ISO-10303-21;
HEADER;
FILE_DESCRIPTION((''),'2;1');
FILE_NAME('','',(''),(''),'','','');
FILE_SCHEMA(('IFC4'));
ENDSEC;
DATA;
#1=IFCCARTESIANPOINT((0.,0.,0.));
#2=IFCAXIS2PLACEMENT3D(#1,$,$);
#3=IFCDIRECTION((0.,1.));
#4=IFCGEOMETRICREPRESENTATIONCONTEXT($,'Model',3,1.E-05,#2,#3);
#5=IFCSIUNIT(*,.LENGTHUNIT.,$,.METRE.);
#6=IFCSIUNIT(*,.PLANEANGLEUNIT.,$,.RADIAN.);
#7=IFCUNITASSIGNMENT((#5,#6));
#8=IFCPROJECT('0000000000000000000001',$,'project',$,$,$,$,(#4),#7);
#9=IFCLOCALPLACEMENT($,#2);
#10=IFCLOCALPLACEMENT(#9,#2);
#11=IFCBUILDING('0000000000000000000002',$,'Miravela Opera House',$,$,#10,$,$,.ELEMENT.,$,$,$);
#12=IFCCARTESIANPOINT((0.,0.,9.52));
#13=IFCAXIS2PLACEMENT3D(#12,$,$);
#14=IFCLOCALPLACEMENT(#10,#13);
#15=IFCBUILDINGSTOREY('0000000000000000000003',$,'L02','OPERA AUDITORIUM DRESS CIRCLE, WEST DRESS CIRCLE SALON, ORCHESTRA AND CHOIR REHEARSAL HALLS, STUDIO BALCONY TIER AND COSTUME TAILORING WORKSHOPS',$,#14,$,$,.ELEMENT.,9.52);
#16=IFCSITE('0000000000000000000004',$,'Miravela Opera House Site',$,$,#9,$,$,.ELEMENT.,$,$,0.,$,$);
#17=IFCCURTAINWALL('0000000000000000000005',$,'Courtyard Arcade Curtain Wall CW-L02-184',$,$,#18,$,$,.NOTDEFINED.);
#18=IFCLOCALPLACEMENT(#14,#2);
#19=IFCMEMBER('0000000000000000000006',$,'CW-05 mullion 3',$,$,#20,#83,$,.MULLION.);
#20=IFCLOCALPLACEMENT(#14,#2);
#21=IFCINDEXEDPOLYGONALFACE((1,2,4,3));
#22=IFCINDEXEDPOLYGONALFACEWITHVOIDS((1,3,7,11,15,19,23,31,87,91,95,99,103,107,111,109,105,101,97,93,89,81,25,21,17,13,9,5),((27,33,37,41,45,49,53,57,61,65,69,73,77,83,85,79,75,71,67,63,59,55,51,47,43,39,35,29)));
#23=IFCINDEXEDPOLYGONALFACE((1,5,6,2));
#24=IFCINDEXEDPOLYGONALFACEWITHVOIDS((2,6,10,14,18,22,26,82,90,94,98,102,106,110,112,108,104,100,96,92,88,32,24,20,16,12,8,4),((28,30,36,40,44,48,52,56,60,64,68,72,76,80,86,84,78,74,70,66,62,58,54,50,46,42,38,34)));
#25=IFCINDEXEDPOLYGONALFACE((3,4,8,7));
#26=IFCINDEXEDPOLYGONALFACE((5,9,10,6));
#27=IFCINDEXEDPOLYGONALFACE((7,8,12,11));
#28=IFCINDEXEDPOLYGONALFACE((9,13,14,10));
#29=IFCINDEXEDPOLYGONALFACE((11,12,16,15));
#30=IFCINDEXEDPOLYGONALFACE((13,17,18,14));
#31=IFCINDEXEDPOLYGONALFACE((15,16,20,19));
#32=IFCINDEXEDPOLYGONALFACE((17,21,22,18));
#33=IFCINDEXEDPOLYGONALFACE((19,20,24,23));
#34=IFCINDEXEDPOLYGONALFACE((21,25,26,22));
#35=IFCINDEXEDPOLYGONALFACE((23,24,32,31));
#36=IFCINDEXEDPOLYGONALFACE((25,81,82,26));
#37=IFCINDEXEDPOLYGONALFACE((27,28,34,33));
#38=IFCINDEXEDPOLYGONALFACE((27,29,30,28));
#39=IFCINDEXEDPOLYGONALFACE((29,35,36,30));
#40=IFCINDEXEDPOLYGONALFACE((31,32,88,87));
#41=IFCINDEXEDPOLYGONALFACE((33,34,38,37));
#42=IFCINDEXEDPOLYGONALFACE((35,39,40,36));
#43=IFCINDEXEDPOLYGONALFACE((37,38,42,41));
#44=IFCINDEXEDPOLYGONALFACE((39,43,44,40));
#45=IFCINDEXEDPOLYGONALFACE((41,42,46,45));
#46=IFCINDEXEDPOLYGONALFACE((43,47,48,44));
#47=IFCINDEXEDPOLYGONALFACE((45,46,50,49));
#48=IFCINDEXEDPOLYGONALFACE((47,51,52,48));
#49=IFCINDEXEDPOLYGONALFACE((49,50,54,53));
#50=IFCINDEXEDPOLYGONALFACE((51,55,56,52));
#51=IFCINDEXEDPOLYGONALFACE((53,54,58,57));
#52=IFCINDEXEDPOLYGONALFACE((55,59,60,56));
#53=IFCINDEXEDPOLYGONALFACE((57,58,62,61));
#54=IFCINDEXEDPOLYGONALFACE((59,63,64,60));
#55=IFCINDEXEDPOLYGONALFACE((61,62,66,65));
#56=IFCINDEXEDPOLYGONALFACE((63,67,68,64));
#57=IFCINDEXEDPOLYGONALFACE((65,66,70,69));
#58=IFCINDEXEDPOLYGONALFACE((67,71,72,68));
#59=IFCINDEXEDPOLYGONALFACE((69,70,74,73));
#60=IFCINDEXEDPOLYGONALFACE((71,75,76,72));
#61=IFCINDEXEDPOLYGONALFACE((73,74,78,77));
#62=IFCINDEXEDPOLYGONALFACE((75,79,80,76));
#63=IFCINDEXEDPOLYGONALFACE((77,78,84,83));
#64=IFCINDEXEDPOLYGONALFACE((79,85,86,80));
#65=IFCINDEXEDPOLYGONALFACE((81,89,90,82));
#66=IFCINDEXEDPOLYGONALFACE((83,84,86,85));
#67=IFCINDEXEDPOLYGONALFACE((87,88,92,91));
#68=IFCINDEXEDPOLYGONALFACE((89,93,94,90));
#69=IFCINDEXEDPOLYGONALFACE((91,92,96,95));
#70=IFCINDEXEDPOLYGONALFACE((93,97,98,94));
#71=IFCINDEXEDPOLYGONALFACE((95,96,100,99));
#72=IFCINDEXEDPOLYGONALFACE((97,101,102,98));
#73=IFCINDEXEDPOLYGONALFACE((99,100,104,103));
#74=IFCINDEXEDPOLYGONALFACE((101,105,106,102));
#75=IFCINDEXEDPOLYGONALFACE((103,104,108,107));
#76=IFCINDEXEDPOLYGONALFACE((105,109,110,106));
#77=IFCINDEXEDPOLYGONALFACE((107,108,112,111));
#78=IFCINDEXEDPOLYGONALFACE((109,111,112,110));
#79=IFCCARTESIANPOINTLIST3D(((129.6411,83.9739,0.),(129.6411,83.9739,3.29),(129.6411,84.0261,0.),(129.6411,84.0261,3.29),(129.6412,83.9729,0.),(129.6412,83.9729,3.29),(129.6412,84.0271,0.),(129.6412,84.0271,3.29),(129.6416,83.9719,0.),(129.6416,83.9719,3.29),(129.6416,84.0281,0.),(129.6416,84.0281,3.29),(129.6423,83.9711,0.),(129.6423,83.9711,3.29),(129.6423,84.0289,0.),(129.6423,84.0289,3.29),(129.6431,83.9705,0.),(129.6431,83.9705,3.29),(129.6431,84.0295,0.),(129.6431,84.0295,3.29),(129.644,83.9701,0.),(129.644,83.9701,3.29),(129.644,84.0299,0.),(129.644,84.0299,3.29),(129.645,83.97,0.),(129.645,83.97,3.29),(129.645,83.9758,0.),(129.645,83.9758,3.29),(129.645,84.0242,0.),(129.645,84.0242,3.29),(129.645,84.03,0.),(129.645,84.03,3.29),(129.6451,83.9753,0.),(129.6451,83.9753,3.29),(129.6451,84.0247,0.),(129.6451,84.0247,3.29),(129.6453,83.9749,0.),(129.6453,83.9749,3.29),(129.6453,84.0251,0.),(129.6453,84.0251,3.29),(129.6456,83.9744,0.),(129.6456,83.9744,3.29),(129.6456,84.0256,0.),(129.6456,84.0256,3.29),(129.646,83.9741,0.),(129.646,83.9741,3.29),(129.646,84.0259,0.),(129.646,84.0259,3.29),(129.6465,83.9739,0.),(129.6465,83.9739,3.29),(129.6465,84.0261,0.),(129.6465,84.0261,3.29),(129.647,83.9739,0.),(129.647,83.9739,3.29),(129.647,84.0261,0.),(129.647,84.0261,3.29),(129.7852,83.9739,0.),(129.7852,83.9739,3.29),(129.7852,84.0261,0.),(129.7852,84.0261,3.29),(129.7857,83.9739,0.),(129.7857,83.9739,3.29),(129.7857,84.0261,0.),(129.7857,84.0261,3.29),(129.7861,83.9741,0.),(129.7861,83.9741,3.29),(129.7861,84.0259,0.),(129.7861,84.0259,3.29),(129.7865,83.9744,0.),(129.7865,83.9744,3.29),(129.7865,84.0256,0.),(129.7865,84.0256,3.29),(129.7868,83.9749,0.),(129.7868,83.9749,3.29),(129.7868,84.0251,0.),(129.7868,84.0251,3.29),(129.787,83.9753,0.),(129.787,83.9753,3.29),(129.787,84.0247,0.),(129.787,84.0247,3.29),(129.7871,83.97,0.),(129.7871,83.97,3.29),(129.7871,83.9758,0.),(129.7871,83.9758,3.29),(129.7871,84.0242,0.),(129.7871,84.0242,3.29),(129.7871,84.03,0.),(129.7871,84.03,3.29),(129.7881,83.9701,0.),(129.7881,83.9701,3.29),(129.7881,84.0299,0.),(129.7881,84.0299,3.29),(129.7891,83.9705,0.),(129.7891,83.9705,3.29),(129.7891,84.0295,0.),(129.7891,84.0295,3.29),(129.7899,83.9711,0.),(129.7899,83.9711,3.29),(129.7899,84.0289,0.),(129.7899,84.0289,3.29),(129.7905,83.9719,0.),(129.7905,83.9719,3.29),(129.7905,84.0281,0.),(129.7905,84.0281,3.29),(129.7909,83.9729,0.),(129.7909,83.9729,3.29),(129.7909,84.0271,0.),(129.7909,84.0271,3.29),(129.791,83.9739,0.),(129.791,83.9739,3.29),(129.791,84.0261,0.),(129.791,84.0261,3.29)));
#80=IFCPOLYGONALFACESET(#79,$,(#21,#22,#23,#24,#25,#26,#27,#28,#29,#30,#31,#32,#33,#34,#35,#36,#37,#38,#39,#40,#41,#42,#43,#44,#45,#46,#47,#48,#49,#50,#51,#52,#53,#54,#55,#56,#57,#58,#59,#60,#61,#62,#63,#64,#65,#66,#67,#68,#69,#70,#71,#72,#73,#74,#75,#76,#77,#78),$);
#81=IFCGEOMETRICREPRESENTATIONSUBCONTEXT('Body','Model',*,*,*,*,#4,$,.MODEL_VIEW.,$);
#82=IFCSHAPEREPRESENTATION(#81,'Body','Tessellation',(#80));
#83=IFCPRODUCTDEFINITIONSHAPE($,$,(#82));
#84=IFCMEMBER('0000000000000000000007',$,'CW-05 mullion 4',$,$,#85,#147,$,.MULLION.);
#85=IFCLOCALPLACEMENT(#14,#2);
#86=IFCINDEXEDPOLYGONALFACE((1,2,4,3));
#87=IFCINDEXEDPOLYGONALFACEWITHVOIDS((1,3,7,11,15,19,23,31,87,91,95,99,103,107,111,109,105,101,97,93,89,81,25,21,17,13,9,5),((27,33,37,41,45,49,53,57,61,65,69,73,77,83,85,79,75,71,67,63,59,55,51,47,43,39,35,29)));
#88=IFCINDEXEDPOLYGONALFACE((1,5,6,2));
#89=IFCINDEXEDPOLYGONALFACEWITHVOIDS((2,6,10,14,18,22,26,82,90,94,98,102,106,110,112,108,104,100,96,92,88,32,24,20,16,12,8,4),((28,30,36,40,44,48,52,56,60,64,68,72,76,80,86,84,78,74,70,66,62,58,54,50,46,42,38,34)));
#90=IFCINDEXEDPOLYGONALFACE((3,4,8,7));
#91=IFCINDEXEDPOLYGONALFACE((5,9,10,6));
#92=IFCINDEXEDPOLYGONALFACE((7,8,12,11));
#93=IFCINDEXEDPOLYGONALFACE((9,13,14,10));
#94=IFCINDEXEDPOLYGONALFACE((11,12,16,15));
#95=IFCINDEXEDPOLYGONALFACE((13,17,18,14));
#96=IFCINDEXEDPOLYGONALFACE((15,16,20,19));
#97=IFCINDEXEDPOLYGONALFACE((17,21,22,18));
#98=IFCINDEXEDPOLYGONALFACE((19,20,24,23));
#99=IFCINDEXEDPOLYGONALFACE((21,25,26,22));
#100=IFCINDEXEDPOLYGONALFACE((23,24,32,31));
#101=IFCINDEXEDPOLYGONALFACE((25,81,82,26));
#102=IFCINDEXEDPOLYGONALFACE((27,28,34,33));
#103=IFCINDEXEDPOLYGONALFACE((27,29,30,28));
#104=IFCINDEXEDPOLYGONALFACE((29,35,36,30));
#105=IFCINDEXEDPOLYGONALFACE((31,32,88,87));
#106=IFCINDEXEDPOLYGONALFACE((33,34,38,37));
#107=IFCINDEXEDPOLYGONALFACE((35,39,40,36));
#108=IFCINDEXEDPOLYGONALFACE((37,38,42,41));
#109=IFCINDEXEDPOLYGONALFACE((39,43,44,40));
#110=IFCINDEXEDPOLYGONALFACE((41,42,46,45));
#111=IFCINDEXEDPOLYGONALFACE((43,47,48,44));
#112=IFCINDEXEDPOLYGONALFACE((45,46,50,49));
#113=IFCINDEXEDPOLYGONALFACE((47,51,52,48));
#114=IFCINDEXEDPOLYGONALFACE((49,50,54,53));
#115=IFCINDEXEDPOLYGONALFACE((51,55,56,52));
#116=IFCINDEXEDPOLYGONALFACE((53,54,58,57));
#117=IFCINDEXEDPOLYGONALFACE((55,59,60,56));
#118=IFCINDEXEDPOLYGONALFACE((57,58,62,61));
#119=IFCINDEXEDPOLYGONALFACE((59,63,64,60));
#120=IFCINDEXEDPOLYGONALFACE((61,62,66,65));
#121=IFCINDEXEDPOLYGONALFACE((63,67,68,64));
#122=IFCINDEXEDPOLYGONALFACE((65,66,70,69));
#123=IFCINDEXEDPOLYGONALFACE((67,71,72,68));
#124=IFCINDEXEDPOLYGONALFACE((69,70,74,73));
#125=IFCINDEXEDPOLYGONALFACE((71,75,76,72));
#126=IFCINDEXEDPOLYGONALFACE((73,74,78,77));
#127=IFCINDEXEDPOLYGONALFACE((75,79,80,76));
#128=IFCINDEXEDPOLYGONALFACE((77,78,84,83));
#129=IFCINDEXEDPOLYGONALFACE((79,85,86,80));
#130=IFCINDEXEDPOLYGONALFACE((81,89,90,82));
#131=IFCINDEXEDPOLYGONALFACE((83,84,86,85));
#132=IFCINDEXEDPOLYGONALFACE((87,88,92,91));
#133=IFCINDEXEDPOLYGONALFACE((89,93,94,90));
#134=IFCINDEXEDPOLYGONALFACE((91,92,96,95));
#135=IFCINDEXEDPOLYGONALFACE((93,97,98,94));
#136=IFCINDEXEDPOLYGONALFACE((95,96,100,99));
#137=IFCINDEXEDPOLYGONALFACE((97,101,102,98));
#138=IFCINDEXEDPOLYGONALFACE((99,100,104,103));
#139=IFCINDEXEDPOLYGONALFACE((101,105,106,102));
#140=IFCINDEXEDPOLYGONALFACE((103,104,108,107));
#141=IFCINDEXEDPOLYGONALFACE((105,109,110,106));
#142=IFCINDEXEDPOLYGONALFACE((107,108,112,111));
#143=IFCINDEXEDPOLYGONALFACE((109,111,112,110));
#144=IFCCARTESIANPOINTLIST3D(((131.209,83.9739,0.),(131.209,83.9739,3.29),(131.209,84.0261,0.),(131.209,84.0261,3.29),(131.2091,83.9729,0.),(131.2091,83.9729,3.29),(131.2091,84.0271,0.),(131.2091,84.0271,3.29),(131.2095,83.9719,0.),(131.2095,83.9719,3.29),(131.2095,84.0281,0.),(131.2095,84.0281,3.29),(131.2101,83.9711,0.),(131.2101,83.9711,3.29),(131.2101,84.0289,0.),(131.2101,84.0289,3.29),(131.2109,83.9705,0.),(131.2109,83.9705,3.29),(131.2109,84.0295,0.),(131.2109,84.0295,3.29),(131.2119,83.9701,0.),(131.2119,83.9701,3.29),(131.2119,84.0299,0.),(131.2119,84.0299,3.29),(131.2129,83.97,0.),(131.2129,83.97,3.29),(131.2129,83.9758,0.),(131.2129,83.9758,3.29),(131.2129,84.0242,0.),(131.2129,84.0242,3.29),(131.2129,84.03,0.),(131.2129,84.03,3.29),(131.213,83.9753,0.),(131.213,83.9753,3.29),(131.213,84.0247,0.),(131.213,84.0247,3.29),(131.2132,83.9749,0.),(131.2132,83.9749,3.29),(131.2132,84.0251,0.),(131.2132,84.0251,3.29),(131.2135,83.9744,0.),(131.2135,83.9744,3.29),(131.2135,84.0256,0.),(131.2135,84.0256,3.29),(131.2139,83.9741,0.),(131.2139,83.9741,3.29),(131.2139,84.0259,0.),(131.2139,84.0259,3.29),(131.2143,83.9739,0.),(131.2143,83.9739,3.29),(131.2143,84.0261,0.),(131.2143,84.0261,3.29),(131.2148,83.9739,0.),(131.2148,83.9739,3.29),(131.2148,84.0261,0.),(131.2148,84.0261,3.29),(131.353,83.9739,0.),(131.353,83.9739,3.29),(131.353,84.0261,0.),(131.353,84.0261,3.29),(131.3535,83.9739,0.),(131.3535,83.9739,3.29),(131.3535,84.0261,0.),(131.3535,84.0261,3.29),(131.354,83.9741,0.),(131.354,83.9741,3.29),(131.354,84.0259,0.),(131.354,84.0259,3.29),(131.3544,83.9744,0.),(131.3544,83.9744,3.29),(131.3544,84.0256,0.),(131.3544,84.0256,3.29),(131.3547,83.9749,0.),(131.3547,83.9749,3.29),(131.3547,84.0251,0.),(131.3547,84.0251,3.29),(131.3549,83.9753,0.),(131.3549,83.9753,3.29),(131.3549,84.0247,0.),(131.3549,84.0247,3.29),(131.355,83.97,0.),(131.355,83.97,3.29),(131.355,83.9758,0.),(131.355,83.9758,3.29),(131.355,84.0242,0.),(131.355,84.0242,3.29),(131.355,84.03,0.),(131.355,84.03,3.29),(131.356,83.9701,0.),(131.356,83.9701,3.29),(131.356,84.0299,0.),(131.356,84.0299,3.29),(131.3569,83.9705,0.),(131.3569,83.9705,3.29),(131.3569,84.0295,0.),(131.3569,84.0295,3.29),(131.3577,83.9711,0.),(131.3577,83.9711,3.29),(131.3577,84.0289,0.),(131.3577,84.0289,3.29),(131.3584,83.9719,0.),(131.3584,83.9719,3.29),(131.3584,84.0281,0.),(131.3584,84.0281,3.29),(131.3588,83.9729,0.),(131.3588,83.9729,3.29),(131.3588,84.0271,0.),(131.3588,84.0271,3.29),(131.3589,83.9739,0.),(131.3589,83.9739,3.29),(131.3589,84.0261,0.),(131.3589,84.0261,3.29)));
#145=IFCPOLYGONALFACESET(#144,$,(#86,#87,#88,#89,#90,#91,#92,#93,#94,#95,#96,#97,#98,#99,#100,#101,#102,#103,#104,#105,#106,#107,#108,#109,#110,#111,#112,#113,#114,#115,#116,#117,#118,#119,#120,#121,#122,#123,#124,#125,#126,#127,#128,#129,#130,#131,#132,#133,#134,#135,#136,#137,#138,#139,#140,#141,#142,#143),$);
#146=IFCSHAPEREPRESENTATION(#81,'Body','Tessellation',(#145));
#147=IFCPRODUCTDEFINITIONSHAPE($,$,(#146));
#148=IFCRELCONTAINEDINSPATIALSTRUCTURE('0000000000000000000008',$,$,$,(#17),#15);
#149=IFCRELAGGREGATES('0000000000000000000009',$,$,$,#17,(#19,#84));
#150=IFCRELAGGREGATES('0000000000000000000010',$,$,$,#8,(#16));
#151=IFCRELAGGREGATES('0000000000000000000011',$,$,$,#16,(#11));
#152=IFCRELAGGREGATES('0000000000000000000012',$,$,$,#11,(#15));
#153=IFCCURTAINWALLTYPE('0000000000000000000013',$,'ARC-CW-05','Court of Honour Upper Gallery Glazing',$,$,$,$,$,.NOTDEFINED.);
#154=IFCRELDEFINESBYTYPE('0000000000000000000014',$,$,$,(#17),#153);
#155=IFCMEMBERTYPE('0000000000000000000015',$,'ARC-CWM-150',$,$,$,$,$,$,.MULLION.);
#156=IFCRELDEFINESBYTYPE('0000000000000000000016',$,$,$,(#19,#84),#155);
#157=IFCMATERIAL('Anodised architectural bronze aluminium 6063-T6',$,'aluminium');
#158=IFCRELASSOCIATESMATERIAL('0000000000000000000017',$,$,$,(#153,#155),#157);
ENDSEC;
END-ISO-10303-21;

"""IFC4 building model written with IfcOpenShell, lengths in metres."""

from ifc_helpers import new_model, si_unit, direction, frame, origin, origin_2d, place, context, subcontext, project, spatial, hollow_rectangle, extrude, material, material_profile, profile_set, type_object, element, aggregate, save


model = new_model("IFC4")

# Units and contexts
model_context = context("Model", 3, precision=1e-05, world=origin(), true_north=direction((0.0, 1.0)))
body_context = subcontext(model_context, "Body", "Model", "MODEL_VIEW")
ifc_project = project(units=[si_unit("LENGTHUNIT", "METRE"), si_unit("PLANEANGLEUNIT", "RADIAN")], contexts=[model_context])

# Site, building, storey
site_placement = place(None, origin())
site = spatial("IfcSite", under=ifc_project, at=site_placement, Name="Miravela Opera House Site", CompositionType="ELEMENT", RefElevation=0.0)
building_placement = place(site_placement, origin())
building = spatial("IfcBuilding", under=site, at=building_placement, Name="Miravela Opera House", CompositionType="ELEMENT")
storey_placement = place(building_placement, frame((0.0, 0.0, 9.52)))
storey = spatial("IfcBuildingStorey", under=building, at=storey_placement, Name="L02", Description="OPERA AUDITORIUM DRESS CIRCLE, WEST DRESS CIRCLE SALON, ORCHESTRA AND CHOIR REHEARSAL HALLS, STUDIO BALCONY TIER AND COSTUME TAILORING WORKSHOPS", CompositionType="ELEMENT", Elevation=9.52)

# Curtain wall, members
ifc_material_1 = material(Name="Anodised architectural bronze aluminium 6063-T6", Category="aluminium")
curtain_wall_type = type_object("IfcCurtainWallType", Name="ARC-CW-05", Description="Court of Honour Upper Gallery Glazing", PredefinedType="NOTDEFINED", material=ifc_material_1)
curtain_wall_placement = place(storey_placement, origin())
curtain_wall = element("IfcCurtainWall", 1, at=curtain_wall_placement, inside=storey, type_object=curtain_wall_type, Name="Courtyard Arcade Curtain Wall CW-L02-184", PredefinedType="NOTDEFINED")
ifc_material_profile_1 = material_profile(ifc_material_1, hollow_rectangle(XDim=0.0601, YDim=0.1499, WallThickness=0.0039, InnerFilletRadius=0.002, OuterFilletRadius=0.0039, at=origin_2d()), Name="CWM-60X150")
ifc_profile_set_1 = profile_set([ifc_material_profile_1])
member_type_1 = type_object("IfcMemberType", Name="ARC-CWM-150", PredefinedType="MULLION", material=ifc_profile_set_1)
member_1_placement = place(storey_placement, frame((129.7161, 84.0, 0.0), z_axis=(0.0, 0.0, 1.0), x_axis=(0.0, 1.0, 0.0)))
member_1 = element("IfcMember", 2, at=member_1_placement, type_object=member_type_1, Name="CW-05 mullion 3", PredefinedType="MULLION", context=body_context, shape_type="SweptSolid", body=[
    extrude(hollow_rectangle(XDim=0.0601, YDim=0.1499, WallThickness=0.0039, InnerFilletRadius=0.002, OuterFilletRadius=0.0039, at=origin_2d()), origin(), (0.0, 0.0, 1.0), 3.29),
])
member_2_placement = place(storey_placement, frame((131.2839, 84.0, 0.0), z_axis=(0.0, 0.0, 1.0), x_axis=(0.0, 1.0, 0.0)))
member_2 = element("IfcMember", 3, at=member_2_placement, type_object=member_type_1, Name="CW-05 mullion 4", PredefinedType="MULLION", context=body_context, shape_type="SweptSolid", body=[
    extrude(hollow_rectangle(XDim=0.0601, YDim=0.1499, WallThickness=0.0039, InnerFilletRadius=0.002, OuterFilletRadius=0.0039, at=origin_2d()), origin(), (0.0, 0.0, 1.0), 3.29),
])
aggregate(curtain_wall, [member_1, member_2])

save(model, "model.ifc")
